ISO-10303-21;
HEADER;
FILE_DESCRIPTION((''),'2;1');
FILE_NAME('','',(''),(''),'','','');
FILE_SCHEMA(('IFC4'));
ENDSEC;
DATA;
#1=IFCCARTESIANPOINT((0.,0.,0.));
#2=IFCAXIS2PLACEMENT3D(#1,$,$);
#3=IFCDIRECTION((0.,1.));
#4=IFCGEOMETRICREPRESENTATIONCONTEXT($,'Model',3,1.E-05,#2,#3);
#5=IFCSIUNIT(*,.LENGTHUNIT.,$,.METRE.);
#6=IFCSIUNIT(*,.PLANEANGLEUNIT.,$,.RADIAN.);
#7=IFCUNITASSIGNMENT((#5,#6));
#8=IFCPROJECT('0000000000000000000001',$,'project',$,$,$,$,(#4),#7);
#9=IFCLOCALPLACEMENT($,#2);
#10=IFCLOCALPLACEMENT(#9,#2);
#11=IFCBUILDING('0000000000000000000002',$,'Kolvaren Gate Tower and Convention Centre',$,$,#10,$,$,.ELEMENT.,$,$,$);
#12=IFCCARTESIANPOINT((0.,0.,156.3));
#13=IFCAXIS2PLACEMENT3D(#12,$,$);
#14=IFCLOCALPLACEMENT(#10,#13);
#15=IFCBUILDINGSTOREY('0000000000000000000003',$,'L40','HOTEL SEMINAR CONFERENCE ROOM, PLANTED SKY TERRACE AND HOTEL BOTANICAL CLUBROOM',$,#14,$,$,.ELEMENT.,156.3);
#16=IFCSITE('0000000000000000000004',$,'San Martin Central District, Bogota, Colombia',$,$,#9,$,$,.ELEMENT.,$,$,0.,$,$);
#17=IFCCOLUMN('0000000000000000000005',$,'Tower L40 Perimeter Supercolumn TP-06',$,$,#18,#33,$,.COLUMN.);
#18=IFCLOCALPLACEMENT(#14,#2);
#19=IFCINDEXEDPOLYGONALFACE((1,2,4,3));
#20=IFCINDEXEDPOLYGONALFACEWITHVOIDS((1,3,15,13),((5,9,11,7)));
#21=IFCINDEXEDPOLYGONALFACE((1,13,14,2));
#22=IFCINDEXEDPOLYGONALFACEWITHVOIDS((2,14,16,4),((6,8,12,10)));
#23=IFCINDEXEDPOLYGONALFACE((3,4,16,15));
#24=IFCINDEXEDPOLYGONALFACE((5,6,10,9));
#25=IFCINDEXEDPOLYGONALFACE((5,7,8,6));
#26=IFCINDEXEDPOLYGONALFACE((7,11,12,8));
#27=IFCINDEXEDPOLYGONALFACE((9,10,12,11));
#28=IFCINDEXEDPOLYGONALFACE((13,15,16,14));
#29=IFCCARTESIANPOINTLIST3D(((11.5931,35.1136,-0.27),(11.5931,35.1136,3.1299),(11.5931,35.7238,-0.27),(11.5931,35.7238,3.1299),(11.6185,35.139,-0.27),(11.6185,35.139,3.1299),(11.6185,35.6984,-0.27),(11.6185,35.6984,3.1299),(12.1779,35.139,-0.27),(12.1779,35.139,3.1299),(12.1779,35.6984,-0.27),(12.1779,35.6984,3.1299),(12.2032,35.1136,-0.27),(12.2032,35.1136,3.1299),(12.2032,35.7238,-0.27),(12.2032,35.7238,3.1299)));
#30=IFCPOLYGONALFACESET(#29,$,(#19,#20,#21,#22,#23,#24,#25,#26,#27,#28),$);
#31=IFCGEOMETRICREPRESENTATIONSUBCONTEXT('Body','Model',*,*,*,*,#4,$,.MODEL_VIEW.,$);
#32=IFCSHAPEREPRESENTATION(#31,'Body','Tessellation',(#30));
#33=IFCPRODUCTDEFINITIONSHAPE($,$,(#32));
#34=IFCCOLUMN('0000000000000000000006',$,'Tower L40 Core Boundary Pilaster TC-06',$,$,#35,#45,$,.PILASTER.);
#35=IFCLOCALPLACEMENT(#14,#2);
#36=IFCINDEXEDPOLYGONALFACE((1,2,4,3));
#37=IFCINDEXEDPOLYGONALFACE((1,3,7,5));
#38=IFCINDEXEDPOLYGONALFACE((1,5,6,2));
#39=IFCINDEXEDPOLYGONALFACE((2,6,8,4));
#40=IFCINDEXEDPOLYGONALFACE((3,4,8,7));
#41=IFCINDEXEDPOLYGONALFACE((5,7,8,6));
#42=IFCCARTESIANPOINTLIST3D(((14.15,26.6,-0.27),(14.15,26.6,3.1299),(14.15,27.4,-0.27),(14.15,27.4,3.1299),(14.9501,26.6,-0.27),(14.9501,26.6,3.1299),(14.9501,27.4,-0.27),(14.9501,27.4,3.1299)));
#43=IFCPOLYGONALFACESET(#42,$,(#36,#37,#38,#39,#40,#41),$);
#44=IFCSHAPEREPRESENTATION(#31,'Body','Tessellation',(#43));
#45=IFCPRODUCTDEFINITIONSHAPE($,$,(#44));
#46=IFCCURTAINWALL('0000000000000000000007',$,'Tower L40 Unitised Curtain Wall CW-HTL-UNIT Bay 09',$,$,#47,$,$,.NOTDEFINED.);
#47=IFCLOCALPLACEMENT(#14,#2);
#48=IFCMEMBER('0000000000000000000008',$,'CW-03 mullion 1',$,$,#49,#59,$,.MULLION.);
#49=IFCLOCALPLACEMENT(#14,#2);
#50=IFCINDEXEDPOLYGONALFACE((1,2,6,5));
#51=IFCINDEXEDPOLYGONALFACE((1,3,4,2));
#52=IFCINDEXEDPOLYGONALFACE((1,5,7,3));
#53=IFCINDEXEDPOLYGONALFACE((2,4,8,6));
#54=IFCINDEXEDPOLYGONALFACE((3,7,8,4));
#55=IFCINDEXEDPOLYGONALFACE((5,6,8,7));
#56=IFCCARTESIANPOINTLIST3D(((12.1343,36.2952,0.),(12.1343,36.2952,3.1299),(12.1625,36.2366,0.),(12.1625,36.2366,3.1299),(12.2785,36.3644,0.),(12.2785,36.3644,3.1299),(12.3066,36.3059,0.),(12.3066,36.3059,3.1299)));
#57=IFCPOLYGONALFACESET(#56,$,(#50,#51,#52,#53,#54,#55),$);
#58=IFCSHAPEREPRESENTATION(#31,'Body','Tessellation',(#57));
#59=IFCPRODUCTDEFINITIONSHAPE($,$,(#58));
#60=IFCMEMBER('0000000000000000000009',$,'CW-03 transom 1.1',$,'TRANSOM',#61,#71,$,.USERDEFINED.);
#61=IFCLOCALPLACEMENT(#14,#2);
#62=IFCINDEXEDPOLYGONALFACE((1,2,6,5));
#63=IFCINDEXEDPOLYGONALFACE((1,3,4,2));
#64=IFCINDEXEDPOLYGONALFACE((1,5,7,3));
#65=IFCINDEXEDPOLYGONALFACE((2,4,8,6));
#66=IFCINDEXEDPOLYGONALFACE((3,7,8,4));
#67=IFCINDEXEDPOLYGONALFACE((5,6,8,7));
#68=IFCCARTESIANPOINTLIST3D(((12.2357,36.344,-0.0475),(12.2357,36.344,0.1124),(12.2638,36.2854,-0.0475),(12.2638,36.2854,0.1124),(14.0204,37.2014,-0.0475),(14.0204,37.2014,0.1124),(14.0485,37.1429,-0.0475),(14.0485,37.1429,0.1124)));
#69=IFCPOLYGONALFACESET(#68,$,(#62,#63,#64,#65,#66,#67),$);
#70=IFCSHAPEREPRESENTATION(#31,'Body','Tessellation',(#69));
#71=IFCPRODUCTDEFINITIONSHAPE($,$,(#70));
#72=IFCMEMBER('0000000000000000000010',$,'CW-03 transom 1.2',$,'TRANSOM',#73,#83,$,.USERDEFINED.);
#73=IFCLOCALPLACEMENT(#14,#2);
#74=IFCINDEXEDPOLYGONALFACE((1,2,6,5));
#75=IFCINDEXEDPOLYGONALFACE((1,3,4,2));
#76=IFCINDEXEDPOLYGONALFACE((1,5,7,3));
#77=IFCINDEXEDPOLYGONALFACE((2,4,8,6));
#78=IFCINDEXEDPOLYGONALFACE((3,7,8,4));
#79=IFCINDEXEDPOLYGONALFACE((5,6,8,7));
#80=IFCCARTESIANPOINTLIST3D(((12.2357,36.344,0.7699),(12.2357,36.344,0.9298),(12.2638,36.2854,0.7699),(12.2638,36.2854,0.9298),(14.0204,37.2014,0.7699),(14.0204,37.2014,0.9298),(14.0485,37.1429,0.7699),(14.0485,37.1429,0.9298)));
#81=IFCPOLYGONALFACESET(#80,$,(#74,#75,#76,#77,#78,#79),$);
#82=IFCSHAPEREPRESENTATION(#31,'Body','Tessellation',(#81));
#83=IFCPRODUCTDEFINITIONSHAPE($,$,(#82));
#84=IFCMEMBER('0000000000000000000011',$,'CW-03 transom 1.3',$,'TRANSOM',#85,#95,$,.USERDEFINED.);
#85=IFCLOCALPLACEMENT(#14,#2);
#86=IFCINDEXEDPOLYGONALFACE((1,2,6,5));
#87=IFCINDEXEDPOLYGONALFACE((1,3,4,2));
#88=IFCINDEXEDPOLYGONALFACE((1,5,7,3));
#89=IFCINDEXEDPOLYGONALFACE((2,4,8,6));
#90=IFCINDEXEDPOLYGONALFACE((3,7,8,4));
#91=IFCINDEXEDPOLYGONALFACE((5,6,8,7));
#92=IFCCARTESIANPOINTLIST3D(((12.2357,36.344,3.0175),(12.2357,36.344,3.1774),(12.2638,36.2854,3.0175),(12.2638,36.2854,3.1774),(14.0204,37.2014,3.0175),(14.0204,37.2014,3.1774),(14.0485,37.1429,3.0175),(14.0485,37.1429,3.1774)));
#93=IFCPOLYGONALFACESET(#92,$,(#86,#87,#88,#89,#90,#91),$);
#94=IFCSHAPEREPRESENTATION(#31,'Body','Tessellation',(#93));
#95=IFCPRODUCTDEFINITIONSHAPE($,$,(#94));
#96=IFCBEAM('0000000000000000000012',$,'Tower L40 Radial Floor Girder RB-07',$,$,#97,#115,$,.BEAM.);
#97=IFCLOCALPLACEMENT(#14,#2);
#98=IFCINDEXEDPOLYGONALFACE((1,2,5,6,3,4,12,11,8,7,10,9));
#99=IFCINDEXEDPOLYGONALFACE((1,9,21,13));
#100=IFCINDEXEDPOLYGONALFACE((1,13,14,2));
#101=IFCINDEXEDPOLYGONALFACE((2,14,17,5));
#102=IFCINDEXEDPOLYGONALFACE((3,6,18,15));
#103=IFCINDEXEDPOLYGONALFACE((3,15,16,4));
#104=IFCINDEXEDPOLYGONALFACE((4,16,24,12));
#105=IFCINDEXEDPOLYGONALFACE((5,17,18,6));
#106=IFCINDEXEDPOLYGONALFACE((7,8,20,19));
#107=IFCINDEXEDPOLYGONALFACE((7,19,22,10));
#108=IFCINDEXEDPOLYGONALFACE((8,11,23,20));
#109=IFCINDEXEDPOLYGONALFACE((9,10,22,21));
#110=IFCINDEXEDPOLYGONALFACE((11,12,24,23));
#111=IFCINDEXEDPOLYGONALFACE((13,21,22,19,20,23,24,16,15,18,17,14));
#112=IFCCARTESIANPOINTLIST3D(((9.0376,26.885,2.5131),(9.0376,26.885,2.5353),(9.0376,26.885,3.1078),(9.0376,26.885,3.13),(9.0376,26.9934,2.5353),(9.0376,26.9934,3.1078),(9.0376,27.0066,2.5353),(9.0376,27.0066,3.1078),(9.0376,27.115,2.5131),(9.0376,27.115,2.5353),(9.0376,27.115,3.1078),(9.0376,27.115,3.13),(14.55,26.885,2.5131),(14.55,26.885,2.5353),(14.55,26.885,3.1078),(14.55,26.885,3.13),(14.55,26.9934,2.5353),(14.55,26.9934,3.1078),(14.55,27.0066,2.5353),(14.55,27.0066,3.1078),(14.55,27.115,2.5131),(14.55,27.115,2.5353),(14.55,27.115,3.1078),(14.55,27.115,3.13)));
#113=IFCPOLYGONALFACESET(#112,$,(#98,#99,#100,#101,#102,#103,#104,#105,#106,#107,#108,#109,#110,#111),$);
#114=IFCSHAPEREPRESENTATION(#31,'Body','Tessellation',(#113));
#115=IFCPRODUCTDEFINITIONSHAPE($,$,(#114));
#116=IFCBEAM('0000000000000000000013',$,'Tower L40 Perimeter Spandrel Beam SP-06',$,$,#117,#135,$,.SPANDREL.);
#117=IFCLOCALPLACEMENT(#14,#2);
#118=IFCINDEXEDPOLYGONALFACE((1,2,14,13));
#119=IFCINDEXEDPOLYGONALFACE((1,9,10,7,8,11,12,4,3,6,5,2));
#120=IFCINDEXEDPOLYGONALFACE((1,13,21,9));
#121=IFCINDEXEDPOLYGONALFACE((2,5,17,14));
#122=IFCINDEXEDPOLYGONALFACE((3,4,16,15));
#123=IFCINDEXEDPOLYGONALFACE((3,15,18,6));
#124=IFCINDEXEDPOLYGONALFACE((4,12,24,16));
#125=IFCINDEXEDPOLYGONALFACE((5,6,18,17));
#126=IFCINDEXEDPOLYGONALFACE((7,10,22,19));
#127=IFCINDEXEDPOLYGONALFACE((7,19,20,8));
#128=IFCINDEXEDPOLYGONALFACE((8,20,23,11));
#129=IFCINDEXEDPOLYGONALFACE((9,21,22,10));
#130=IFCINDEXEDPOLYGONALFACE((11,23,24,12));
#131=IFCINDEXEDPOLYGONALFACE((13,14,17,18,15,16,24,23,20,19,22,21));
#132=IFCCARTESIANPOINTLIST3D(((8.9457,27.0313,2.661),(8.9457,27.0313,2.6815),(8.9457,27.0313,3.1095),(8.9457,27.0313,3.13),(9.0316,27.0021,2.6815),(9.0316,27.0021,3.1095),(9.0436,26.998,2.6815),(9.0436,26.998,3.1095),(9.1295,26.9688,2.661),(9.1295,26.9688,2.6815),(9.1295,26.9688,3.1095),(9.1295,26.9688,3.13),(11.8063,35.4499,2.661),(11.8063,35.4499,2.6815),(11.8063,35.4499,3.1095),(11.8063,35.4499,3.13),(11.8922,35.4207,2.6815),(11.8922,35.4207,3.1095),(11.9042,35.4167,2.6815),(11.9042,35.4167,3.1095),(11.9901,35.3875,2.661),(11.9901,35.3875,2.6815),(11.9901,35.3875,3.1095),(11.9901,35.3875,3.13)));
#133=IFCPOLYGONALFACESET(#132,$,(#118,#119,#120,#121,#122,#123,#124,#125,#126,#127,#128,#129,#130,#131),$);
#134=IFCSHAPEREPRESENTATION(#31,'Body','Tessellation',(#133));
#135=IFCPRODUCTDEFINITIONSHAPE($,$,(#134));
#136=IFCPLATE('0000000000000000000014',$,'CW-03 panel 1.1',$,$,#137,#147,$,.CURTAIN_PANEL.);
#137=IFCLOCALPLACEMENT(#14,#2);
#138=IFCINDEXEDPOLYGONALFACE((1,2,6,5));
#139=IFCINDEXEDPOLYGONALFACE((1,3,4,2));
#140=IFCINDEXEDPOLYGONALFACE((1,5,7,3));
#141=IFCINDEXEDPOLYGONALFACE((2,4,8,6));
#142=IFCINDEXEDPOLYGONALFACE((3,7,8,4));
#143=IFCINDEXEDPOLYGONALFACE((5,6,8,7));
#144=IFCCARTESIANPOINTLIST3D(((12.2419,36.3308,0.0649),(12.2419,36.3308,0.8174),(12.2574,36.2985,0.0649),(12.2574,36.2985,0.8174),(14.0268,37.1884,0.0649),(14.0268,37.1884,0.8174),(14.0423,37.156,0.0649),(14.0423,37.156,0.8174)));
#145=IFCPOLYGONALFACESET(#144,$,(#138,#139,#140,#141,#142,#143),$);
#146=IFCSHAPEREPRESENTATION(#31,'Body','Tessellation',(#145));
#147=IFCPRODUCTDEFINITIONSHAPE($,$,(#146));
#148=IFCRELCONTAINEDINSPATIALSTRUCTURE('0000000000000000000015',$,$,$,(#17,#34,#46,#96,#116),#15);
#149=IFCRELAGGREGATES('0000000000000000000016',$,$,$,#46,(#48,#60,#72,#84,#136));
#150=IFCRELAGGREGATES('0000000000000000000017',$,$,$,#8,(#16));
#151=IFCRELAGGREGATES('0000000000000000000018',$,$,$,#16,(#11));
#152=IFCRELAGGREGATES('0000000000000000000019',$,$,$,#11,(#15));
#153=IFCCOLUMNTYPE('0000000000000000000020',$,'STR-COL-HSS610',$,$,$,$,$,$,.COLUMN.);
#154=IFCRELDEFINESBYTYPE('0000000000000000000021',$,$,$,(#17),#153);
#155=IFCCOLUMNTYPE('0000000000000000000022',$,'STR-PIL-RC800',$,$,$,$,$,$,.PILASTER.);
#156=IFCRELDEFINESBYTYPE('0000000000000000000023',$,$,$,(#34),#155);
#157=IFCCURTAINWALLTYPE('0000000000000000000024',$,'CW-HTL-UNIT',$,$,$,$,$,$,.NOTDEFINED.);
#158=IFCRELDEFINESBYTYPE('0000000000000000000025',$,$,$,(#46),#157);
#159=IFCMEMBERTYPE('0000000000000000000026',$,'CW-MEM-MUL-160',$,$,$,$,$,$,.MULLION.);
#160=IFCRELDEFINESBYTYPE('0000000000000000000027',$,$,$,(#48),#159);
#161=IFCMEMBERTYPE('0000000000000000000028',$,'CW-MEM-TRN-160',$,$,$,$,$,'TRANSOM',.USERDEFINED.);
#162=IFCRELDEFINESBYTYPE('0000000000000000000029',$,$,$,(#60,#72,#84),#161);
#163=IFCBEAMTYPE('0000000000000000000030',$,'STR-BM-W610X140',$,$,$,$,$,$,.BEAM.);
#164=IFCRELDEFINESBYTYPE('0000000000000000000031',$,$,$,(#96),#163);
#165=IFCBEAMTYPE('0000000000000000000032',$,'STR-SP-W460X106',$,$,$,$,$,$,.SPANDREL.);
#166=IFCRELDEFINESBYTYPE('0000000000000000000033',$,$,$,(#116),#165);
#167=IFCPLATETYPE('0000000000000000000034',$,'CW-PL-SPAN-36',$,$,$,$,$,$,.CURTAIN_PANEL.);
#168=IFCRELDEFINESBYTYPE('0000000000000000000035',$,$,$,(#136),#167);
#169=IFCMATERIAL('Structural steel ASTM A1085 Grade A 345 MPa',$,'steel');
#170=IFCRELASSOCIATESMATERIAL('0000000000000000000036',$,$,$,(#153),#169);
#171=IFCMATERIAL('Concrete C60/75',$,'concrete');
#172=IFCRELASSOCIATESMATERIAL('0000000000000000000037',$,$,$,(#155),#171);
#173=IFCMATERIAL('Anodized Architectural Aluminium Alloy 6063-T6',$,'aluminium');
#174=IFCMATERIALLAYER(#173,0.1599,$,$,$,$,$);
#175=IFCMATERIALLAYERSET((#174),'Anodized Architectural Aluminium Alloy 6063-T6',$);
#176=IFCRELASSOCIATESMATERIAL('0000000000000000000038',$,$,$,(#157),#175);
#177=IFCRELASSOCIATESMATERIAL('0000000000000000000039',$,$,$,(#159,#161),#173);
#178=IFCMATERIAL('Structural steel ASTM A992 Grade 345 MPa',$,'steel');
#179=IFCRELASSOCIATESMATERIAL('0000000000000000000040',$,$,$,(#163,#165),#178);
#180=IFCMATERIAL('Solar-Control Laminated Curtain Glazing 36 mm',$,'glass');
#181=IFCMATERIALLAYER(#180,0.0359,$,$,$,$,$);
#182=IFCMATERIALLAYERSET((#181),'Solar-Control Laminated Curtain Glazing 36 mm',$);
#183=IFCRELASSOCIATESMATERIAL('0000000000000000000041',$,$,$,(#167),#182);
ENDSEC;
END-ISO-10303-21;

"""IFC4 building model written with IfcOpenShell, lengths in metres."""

from ifc_helpers import new_model, si_unit, direction, frame, origin, origin_2d, place, context, subcontext, project, spatial, rectangle, hollow_rectangle, i_section, extrude, material, layer, layer_set, material_profile, profile_set, type_object, element, aggregate, save


model = new_model("IFC4")

# Units and contexts
model_context = context("Model", 3, precision=1e-05, world=origin(), true_north=direction((0.0, 1.0)))
body_context = subcontext(model_context, "Body", "Model", "MODEL_VIEW")
ifc_project = project(units=[si_unit("LENGTHUNIT", "METRE"), si_unit("PLANEANGLEUNIT", "RADIAN")], contexts=[model_context])

# Site, building, storey
site_placement = place(None, origin())
site = spatial("IfcSite", under=ifc_project, at=site_placement, Name="San Martin Central District, Bogota, Colombia", CompositionType="ELEMENT", RefElevation=0.0)
building_placement = place(site_placement, origin())
building = spatial("IfcBuilding", under=site, at=building_placement, Name="Kolvaren Gate Tower and Convention Centre", CompositionType="ELEMENT")
storey_placement = place(building_placement, frame((0.0, 0.0, 156.3)))
storey = spatial("IfcBuildingStorey", under=building, at=storey_placement, Name="L40", Description="HOTEL SEMINAR CONFERENCE ROOM, PLANTED SKY TERRACE AND HOTEL BOTANICAL CLUBROOM", CompositionType="ELEMENT", Elevation=156.3)

# Columns
ifc_material_1 = material(Name="Structural steel ASTM A1085 Grade A 345 MPa", Category="steel")
ifc_material_profile_1 = material_profile(ifc_material_1, hollow_rectangle(XDim=0.6101, YDim=0.6101, WallThickness=0.0254, at=origin_2d()), Name="HSS610X610X25.4")
ifc_profile_set_1 = profile_set([ifc_material_profile_1], Name="Structural steel ASTM A1085 Grade A 345 MPa")
column_type_1 = type_object("IfcColumnType", Name="STR-COL-HSS610", PredefinedType="COLUMN", material=ifc_profile_set_1)
column_1_placement = place(storey_placement, frame((11.8982, 35.4187, -0.27), z_axis=(0.0, 0.0, 1.0), x_axis=(1.0, 0.0, 0.0)))
element("IfcColumn", 1, at=column_1_placement, inside=storey, type_object=column_type_1, Name="Tower L40 Perimeter Supercolumn TP-06", PredefinedType="COLUMN", context=body_context, shape_type="SweptSolid", body=[
    extrude(hollow_rectangle(XDim=0.6101, YDim=0.6101, WallThickness=0.0254, at=origin_2d()), origin(), (0.0, 0.0, 1.0), 3.3999),
])
ifc_material_2 = material(Name="Concrete C60/75", Category="concrete")
ifc_material_profile_2 = material_profile(ifc_material_2, rectangle(XDim=0.8, YDim=0.8, at=origin_2d()), Name="RC-COL-800X800")
ifc_profile_set_2 = profile_set([ifc_material_profile_2], Name="Concrete C60/75")
column_type_2 = type_object("IfcColumnType", Name="STR-PIL-RC800", PredefinedType="PILASTER", material=ifc_profile_set_2)
column_2_placement = place(storey_placement, frame((14.55, 27.0, -0.27), z_axis=(0.0, 0.0, 1.0), x_axis=(1.0, 0.0, 0.0)))
element("IfcColumn", 2, at=column_2_placement, inside=storey, type_object=column_type_2, Name="Tower L40 Core Boundary Pilaster TC-06", PredefinedType="PILASTER", context=body_context, shape_type="SweptSolid", body=[
    extrude(rectangle(XDim=0.8, YDim=0.8, at=origin_2d()), origin(), (0.0, 0.0, 1.0), 3.3999),
])

# Curtain wall, members
ifc_material_3 = material(Name="Anodized Architectural Aluminium Alloy 6063-T6", Category="aluminium")
ifc_layer_1 = layer(ifc_material_3, 0.1599)
ifc_layer_set_1 = layer_set([ifc_layer_1], Name="Anodized Architectural Aluminium Alloy 6063-T6")
curtain_wall_type = type_object("IfcCurtainWallType", Name="CW-HTL-UNIT", PredefinedType="NOTDEFINED", material=ifc_layer_set_1)
curtain_wall_placement = place(storey_placement, origin())
curtain_wall = element("IfcCurtainWall", 3, at=curtain_wall_placement, inside=storey, type_object=curtain_wall_type, Name="Tower L40 Unitised Curtain Wall CW-HTL-UNIT Bay 09", PredefinedType="NOTDEFINED")
ifc_material_profile_3 = material_profile(ifc_material_3, rectangle(XDim=0.0649, YDim=0.1599, at=origin_2d()), Name="CW-MEM-MUL-160")
ifc_profile_set_3 = profile_set([ifc_material_profile_3], Name="Anodized Architectural Aluminium Alloy 6063-T6")
member_type_1 = type_object("IfcMemberType", Name="CW-MEM-MUL-160", PredefinedType="MULLION", material=ifc_profile_set_3)
member_1_placement = place(storey_placement, frame((12.2205, 36.3005, 0.0), z_axis=(0.0, 0.0, 1.0), x_axis=(-0.433065, 0.901363, 0.0)))
member_1 = element("IfcMember", 4, at=member_1_placement, type_object=member_type_1, Name="CW-03 mullion 1", PredefinedType="MULLION", context=body_context, shape_type="SweptSolid", body=[
    extrude(rectangle(XDim=0.0649, YDim=0.1599, at=origin_2d()), origin(), (0.0, 0.0, 1.0), 3.1299),
])
ifc_material_profile_4 = material_profile(ifc_material_3, rectangle(XDim=0.0649, YDim=0.1599, at=origin_2d()), Name="CW-MEM-TRN-160")
ifc_profile_set_4 = profile_set([ifc_material_profile_4], Name="Anodized Architectural Aluminium Alloy 6063-T6")
member_type_2 = type_object("IfcMemberType", Name="CW-MEM-TRN-160", ElementType="TRANSOM", PredefinedType="USERDEFINED", material=ifc_profile_set_4)
member_2_placement = place(storey_placement, frame((12.2498, 36.3147, 0.0325), z_axis=(0.901369, 0.433052, 0.0), x_axis=(-0.433052, 0.901369, 0.0)))
member_2 = element("IfcMember", 5, at=member_2_placement, type_object=member_type_2, Name="CW-03 transom 1.1", ObjectType="TRANSOM", PredefinedType="USERDEFINED", context=body_context, shape_type="SweptSolid", body=[
    extrude(rectangle(XDim=0.0649, YDim=0.1599, at=origin_2d()), origin(), (0.0, 0.0, 1.0), 1.98),
])
member_3_placement = place(storey_placement, frame((12.2498, 36.3147, 0.8499), z_axis=(0.901369, 0.433052, 0.0), x_axis=(-0.433052, 0.901369, 0.0)))
member_3 = element("IfcMember", 6, at=member_3_placement, type_object=member_type_2, Name="CW-03 transom 1.2", ObjectType="TRANSOM", PredefinedType="USERDEFINED", context=body_context, shape_type="SweptSolid", body=[
    extrude(rectangle(XDim=0.0649, YDim=0.1599, at=origin_2d()), origin(), (0.0, 0.0, 1.0), 1.98),
])
member_4_placement = place(storey_placement, frame((12.2498, 36.3147, 3.0974), z_axis=(0.901369, 0.433052, 0.0), x_axis=(-0.433052, 0.901369, 0.0)))
member_4 = element("IfcMember", 7, at=member_4_placement, type_object=member_type_2, Name="CW-03 transom 1.3", ObjectType="TRANSOM", PredefinedType="USERDEFINED", context=body_context, shape_type="SweptSolid", body=[
    extrude(rectangle(XDim=0.0649, YDim=0.1599, at=origin_2d()), origin(), (0.0, 0.0, 1.0), 1.98),
])

# Beams
ifc_material_4 = material(Name="Structural steel ASTM A992 Grade 345 MPa", Category="steel")
ifc_material_profile_5 = material_profile(ifc_material_4, i_section(OverallWidth=0.23, OverallDepth=0.6169, WebThickness=0.0132, FlangeThickness=0.0222, at=origin_2d()), Name="W610X140")
ifc_profile_set_5 = profile_set([ifc_material_profile_5], Name="Structural steel ASTM A992 Grade 345 MPa")
beam_type_1 = type_object("IfcBeamType", Name="STR-BM-W610X140", PredefinedType="BEAM", material=ifc_profile_set_5)
beam_1_placement = place(storey_placement, frame((14.55, 27.0, 2.8215), z_axis=(-1.0, 0.0, 0.0), x_axis=(0.0, -1.0, 0.0)))
element("IfcBeam", 8, at=beam_1_placement, inside=storey, type_object=beam_type_1, Name="Tower L40 Radial Floor Girder RB-07", PredefinedType="BEAM", context=body_context, shape_type="SweptSolid", body=[
    extrude(i_section(OverallWidth=0.23, OverallDepth=0.6169, WebThickness=0.0132, FlangeThickness=0.0222, at=origin_2d()), origin(), (0.0, 0.0, 1.0), 5.5125),
])
ifc_material_profile_6 = material_profile(ifc_material_4, i_section(OverallWidth=0.1941, OverallDepth=0.469, WebThickness=0.0127, FlangeThickness=0.0205, at=origin_2d()), Name="W460X106")
ifc_profile_set_6 = profile_set([ifc_material_profile_6], Name="Structural steel ASTM A992 Grade 345 MPa")
beam_type_2 = type_object("IfcBeamType", Name="STR-SP-W460X106", PredefinedType="SPANDREL", material=ifc_profile_set_6)
beam_2_placement = place(storey_placement, frame((11.8982, 35.4187, 2.8955), z_axis=(-0.321725, -0.946833, 0.0), x_axis=(0.946833, -0.321725, 0.0)))
element("IfcBeam", 9, at=beam_2_placement, inside=storey, type_object=beam_type_2, Name="Tower L40 Perimeter Spandrel Beam SP-06", PredefinedType="SPANDREL", context=body_context, shape_type="SweptSolid", body=[
    extrude(i_section(OverallWidth=0.1941, OverallDepth=0.469, WebThickness=0.0127, FlangeThickness=0.0205, at=origin_2d()), origin(), (0.0, 0.0, 1.0), 8.8914),
])

# Plate
ifc_material_5 = material(Name="Solar-Control Laminated Curtain Glazing 36 mm", Category="glass")
ifc_layer_2 = layer(ifc_material_5, 0.0359)
ifc_layer_set_2 = layer_set([ifc_layer_2], Name="Solar-Control Laminated Curtain Glazing 36 mm")
plate_type = type_object("IfcPlateType", Name="CW-PL-SPAN-36", PredefinedType="CURTAIN_PANEL", material=ifc_layer_set_2)
plate_placement = place(storey_placement, frame((13.1421, 36.7434, 0.0649), z_axis=(0.0, 0.0, 1.0), x_axis=(0.901363, 0.433065, 0.0)))
plate = element("IfcPlate", 10, at=plate_placement, type_object=plate_type, Name="CW-03 panel 1.1", PredefinedType="CURTAIN_PANEL", context=body_context, shape_type="SweptSolid", body=[
    extrude(rectangle(XDim=1.9802, YDim=0.0359, at=origin_2d()), origin(), (0.0, 0.0, 1.0), 0.7524),
])
aggregate(curtain_wall, [member_1, member_2, member_3, member_4, plate])

save(model, "model.ifc")
